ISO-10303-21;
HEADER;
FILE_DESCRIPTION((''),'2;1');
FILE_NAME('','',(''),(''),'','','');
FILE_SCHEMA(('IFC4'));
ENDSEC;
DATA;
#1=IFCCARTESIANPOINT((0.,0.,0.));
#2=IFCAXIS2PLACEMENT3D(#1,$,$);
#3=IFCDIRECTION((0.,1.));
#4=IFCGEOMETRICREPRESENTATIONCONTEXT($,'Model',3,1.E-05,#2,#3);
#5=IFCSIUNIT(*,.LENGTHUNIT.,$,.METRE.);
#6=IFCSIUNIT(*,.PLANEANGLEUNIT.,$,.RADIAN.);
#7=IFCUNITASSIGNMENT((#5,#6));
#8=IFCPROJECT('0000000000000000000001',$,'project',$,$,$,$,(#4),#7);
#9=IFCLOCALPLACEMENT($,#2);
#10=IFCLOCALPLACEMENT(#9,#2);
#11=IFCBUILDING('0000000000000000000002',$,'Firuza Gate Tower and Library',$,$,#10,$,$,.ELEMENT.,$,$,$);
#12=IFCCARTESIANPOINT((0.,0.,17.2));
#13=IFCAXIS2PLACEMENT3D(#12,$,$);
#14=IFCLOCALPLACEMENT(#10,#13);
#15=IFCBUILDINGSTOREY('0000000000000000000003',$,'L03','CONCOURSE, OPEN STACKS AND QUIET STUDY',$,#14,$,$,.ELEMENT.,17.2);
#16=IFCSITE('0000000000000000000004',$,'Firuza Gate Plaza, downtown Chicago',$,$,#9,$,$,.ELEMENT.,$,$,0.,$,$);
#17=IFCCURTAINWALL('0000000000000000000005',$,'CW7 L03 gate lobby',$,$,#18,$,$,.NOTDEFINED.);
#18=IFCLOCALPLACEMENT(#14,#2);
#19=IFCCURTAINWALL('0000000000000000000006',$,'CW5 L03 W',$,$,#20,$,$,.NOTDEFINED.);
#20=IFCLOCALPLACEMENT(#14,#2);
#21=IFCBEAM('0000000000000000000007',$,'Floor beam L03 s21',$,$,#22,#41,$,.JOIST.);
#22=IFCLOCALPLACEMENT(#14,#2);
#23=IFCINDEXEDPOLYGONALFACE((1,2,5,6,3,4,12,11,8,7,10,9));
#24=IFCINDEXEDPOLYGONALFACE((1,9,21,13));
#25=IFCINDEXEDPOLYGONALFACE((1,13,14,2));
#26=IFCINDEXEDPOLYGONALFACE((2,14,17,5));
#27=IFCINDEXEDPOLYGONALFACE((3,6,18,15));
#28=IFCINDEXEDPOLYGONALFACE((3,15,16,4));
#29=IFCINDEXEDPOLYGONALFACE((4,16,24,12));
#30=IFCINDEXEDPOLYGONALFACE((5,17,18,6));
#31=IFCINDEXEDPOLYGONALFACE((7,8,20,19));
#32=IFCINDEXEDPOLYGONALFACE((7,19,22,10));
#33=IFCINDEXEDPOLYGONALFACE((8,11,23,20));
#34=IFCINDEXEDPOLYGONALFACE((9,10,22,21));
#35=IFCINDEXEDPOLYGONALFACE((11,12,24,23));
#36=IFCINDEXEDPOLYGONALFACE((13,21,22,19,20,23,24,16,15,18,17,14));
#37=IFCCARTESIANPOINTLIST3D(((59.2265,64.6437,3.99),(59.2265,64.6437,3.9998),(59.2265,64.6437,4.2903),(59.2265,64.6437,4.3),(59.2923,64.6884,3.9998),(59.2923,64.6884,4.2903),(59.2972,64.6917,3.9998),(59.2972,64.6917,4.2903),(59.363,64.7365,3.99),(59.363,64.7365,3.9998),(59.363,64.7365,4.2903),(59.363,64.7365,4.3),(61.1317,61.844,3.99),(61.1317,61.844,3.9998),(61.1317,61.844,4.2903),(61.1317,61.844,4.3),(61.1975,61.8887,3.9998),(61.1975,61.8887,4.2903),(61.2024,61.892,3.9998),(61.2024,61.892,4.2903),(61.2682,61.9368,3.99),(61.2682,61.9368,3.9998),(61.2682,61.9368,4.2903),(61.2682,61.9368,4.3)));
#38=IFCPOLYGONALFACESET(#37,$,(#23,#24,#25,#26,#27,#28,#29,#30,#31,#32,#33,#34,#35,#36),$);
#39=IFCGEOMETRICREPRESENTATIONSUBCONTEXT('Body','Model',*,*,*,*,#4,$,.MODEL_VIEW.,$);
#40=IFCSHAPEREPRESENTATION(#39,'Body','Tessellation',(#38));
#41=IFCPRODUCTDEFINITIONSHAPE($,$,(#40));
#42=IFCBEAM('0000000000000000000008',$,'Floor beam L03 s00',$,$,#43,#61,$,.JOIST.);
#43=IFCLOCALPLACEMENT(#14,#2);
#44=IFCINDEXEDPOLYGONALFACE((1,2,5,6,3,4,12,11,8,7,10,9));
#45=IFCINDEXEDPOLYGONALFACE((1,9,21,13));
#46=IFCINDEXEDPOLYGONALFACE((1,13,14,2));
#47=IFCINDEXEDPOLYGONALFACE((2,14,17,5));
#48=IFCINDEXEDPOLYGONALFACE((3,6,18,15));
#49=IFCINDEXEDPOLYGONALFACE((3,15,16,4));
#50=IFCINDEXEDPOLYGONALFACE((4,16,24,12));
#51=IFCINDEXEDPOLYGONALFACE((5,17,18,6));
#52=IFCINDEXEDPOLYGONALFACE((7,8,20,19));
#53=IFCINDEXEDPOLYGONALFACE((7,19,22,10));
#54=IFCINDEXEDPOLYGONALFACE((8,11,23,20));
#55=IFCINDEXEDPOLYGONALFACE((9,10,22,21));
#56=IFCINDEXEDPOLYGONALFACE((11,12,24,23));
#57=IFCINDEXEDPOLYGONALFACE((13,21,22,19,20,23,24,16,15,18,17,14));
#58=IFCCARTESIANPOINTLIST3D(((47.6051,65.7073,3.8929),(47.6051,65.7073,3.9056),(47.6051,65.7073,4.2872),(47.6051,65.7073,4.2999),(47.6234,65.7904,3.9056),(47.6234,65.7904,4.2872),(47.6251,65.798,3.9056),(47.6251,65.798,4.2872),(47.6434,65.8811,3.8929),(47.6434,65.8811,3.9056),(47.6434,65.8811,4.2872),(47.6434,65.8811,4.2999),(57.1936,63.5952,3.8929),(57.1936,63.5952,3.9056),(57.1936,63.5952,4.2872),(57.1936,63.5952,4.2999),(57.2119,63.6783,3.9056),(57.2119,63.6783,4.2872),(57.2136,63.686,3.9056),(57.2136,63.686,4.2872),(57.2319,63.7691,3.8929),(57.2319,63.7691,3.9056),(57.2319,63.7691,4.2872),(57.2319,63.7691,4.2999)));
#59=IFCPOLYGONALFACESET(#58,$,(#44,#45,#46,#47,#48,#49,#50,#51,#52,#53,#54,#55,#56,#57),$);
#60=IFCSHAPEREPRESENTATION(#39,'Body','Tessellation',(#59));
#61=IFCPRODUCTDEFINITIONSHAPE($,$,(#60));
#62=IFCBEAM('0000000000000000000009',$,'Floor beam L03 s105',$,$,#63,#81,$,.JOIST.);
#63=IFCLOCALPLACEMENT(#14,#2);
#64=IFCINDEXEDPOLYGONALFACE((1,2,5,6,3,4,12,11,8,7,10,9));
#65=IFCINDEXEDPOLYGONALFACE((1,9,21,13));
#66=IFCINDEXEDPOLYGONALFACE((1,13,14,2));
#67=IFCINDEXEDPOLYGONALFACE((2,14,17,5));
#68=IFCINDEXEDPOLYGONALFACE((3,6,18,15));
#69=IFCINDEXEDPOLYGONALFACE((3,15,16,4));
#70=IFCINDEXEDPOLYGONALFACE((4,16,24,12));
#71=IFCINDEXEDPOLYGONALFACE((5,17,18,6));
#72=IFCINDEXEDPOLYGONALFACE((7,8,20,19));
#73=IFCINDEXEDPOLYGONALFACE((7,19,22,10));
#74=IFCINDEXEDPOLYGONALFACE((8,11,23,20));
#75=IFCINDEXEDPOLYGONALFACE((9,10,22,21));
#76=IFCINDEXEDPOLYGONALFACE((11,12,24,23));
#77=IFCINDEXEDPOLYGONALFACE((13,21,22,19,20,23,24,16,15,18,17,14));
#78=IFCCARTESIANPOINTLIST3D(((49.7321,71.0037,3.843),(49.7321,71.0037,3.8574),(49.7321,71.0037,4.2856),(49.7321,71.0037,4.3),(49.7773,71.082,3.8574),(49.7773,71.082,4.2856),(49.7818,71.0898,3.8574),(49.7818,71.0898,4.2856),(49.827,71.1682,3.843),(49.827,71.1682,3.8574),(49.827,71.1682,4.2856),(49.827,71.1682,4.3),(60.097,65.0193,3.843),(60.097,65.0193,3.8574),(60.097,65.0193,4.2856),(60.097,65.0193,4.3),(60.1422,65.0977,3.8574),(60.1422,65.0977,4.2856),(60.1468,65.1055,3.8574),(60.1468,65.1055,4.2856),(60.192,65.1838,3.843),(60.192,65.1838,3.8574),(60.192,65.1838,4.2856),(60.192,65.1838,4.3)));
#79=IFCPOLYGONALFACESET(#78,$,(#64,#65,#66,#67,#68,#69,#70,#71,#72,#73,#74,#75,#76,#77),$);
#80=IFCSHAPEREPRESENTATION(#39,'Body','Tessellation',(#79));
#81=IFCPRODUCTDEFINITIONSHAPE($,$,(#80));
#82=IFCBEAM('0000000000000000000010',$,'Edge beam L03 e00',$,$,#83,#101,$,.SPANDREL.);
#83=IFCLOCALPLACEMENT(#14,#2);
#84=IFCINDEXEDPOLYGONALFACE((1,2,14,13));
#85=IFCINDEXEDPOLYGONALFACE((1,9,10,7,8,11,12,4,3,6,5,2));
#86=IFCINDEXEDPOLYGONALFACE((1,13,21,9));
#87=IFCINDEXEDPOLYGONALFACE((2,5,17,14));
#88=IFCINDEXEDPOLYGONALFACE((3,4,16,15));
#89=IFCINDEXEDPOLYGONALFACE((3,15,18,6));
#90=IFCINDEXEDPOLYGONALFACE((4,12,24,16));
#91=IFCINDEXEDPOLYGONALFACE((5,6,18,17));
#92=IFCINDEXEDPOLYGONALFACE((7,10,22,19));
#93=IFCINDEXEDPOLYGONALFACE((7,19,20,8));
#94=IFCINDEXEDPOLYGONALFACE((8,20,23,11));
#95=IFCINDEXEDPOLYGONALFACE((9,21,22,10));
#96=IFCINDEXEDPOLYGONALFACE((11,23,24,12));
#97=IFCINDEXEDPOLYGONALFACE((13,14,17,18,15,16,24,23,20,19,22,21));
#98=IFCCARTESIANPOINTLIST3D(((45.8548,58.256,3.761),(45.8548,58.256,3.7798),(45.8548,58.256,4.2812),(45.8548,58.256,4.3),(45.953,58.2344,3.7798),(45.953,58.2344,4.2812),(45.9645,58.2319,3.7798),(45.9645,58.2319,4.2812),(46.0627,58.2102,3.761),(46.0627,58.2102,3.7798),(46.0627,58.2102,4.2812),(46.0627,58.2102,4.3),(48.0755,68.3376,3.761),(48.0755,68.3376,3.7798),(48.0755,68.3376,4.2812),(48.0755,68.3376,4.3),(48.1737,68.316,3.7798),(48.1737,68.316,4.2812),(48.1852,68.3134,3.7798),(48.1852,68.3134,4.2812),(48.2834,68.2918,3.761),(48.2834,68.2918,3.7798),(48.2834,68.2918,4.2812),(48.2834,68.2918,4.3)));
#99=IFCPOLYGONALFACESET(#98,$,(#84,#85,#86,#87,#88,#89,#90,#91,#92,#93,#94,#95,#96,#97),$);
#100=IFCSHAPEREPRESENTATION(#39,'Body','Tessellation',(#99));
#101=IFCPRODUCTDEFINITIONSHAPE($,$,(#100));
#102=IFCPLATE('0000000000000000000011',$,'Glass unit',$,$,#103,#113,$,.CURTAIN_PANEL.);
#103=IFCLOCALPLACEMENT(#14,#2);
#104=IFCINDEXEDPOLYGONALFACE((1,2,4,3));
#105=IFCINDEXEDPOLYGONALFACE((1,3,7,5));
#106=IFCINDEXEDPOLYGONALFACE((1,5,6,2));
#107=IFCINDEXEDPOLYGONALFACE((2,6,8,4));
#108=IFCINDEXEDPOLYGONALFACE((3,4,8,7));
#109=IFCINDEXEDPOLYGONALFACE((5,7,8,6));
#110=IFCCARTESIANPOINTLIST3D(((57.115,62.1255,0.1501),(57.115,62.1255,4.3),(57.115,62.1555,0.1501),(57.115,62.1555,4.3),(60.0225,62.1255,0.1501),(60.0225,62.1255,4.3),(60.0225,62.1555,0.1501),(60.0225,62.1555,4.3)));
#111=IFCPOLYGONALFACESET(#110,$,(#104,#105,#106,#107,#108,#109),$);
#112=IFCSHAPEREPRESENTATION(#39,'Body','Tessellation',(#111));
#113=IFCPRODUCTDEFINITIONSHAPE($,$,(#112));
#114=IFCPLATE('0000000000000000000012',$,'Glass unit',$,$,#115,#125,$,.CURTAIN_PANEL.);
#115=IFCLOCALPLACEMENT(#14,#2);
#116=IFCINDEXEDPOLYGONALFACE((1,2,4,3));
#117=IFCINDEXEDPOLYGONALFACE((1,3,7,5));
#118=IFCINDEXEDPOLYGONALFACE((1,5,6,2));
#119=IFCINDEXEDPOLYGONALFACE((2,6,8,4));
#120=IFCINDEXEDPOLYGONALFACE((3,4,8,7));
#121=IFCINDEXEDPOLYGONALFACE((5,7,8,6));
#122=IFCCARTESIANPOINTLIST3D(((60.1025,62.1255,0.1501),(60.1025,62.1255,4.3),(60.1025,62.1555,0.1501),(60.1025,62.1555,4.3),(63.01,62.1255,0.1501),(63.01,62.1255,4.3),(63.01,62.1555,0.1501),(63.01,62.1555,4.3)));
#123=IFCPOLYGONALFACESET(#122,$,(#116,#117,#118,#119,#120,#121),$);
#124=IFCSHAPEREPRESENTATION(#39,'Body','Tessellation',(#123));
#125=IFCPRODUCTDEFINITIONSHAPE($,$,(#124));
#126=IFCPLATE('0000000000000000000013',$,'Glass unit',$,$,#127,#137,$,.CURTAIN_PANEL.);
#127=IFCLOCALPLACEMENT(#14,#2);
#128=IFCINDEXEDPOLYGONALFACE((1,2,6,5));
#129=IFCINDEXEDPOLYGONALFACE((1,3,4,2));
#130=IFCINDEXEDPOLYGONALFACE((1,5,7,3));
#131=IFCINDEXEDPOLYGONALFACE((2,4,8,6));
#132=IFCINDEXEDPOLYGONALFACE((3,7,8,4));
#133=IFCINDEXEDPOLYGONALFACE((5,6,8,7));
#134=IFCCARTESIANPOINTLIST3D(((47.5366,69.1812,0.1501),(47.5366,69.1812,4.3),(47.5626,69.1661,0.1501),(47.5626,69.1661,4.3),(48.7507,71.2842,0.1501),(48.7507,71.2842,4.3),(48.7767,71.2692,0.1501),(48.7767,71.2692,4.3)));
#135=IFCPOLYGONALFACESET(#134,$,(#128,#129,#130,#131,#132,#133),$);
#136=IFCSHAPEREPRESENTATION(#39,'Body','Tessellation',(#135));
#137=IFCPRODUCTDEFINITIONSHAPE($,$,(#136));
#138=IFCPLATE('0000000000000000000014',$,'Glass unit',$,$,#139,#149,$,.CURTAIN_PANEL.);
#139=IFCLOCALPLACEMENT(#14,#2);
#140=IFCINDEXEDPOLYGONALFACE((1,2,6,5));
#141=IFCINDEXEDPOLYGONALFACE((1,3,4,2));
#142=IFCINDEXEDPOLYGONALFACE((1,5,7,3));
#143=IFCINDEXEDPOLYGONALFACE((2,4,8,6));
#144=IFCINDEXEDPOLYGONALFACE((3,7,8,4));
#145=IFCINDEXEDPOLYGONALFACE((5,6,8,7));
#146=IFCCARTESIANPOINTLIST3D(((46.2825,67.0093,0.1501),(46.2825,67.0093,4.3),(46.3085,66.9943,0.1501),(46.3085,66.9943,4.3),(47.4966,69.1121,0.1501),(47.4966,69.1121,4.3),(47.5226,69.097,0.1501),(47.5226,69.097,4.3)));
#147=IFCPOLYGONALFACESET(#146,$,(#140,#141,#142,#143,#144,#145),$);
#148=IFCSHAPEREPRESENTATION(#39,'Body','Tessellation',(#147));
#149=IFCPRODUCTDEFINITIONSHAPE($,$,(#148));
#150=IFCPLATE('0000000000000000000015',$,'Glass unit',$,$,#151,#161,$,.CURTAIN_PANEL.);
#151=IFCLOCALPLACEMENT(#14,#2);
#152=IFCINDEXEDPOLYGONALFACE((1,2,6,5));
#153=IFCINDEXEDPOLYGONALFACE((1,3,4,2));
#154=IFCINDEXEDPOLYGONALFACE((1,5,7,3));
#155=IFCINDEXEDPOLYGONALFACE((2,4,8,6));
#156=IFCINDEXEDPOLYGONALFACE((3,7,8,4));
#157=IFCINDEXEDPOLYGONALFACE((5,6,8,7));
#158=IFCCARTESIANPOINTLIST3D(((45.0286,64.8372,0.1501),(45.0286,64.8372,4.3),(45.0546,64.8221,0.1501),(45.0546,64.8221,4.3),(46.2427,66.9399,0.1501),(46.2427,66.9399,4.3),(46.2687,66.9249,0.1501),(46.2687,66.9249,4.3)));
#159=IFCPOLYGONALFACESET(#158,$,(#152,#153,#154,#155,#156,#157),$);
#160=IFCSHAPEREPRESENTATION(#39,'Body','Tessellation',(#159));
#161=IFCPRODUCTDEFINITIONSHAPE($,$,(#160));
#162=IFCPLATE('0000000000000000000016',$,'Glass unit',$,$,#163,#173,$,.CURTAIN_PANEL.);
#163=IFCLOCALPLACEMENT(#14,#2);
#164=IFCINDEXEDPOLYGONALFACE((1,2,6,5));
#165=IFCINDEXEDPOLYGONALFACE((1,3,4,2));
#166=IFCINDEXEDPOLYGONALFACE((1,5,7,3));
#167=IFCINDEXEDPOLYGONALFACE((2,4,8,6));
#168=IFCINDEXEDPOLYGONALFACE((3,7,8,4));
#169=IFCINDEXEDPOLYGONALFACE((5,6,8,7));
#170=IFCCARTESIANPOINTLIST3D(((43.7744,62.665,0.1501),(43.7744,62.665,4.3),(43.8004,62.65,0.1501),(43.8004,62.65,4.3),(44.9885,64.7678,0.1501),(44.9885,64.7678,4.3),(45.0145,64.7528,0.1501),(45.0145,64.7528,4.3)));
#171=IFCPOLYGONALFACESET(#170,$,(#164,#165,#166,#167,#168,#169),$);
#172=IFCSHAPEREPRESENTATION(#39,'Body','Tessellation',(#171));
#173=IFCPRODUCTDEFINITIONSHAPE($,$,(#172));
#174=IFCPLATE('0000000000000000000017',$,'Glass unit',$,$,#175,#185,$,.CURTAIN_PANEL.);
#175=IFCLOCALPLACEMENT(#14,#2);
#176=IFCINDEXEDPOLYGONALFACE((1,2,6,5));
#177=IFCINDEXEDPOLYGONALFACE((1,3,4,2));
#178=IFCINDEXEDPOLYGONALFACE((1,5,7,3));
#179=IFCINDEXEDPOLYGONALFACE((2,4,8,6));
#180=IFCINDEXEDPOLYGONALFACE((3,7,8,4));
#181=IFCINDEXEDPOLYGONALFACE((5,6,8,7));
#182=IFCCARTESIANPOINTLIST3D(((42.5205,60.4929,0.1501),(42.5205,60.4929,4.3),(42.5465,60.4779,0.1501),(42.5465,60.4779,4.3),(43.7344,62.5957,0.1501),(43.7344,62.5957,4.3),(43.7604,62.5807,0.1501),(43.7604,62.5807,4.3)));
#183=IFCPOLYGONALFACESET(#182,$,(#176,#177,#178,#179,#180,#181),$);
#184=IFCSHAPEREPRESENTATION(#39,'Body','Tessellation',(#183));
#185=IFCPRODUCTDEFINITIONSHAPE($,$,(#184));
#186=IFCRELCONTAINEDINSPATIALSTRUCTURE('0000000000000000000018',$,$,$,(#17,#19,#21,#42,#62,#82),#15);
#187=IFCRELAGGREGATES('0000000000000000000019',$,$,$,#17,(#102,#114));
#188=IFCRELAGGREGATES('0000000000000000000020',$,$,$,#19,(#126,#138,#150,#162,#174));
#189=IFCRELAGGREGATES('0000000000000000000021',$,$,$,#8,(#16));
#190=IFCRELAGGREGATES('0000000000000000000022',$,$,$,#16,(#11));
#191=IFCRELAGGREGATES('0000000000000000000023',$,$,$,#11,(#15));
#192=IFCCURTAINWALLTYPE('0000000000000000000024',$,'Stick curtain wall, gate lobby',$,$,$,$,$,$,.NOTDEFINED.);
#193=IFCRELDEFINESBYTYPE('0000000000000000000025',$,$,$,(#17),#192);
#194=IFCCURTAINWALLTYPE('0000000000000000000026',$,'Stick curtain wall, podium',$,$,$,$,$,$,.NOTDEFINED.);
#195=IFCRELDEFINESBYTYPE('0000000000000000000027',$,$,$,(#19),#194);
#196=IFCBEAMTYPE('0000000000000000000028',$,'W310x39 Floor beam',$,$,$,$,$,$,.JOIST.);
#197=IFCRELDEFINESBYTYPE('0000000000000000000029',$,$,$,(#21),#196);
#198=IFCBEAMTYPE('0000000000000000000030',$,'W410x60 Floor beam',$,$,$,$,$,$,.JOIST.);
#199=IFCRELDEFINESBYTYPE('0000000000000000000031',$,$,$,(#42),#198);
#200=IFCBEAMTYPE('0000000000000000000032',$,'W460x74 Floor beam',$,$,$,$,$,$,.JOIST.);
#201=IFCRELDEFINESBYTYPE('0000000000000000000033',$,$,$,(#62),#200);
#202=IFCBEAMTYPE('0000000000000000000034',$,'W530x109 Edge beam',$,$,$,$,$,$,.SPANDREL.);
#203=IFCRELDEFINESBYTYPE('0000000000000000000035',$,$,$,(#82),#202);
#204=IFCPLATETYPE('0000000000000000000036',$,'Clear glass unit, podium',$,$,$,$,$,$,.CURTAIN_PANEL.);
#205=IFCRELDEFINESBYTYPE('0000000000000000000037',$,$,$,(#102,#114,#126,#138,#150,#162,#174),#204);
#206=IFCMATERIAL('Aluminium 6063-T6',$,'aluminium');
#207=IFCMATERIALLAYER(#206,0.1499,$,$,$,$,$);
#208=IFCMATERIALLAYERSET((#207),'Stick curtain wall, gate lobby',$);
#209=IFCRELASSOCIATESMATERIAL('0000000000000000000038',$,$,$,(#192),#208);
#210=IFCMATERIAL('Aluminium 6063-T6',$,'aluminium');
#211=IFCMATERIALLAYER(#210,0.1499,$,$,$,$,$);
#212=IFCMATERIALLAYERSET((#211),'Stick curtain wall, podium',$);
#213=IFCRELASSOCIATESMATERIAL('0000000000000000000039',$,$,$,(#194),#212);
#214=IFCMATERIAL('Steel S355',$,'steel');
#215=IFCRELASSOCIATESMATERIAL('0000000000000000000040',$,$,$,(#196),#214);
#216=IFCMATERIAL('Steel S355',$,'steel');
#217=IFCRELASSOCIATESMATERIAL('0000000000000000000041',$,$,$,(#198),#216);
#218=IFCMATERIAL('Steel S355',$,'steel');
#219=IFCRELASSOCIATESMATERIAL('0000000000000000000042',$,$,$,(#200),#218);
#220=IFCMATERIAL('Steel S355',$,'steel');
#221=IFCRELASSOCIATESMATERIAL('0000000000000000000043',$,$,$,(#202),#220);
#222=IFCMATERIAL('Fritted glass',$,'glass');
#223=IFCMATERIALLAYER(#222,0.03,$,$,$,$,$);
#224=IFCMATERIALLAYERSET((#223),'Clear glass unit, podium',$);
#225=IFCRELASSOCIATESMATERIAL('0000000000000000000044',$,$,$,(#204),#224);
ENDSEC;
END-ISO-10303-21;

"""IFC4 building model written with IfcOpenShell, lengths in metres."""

from ifc_helpers import new_model, si_unit, direction, frame, origin, origin_2d, place, context, subcontext, project, spatial, polyline, i_section, outline, extrude, material, layer, layer_set, material_profile, profile_set, type_object, element, aggregate, save


model = new_model("IFC4")

# Units and contexts
model_context = context("Model", 3, precision=1e-05, world=origin(), true_north=direction((0.0, 1.0)))
body_context = subcontext(model_context, "Body", "Model", "MODEL_VIEW")
ifc_project = project(units=[si_unit("LENGTHUNIT", "METRE"), si_unit("PLANEANGLEUNIT", "RADIAN")], contexts=[model_context])

# Site, building, storey
site_placement = place(None, origin())
site = spatial("IfcSite", under=ifc_project, at=site_placement, Name="Firuza Gate Plaza, downtown Chicago", CompositionType="ELEMENT", RefElevation=0.0)
building_placement = place(site_placement, origin())
building = spatial("IfcBuilding", under=site, at=building_placement, Name="Firuza Gate Tower and Library", CompositionType="ELEMENT")
storey_placement = place(building_placement, frame((0.0, 0.0, 17.2)))
storey = spatial("IfcBuildingStorey", under=building, at=storey_placement, Name="L03", Description="CONCOURSE, OPEN STACKS AND QUIET STUDY", CompositionType="ELEMENT", Elevation=17.2)

# Curtain walls
ifc_material_1 = material(Name="Aluminium 6063-T6", Category="aluminium")
ifc_layer_1 = layer(ifc_material_1, 0.1499)
ifc_layer_set_1 = layer_set([ifc_layer_1], Name="Stick curtain wall, gate lobby")
curtain_wall_type_1 = type_object("IfcCurtainWallType", Name="Stick curtain wall, gate lobby", PredefinedType="NOTDEFINED", material=ifc_layer_set_1)
placement = place(storey_placement, origin())
curtain_wall_1 = element("IfcCurtainWall", 1, at=placement, inside=storey, type_object=curtain_wall_type_1, Name="CW7 L03 gate lobby", PredefinedType="NOTDEFINED")
ifc_material_2 = material(Name="Aluminium 6063-T6", Category="aluminium")
ifc_layer_2 = layer(ifc_material_2, 0.1499)
ifc_layer_set_2 = layer_set([ifc_layer_2], Name="Stick curtain wall, podium")
curtain_wall_type_2 = type_object("IfcCurtainWallType", Name="Stick curtain wall, podium", PredefinedType="NOTDEFINED", material=ifc_layer_set_2)
curtain_wall_2 = element("IfcCurtainWall", 2, at=placement, inside=storey, type_object=curtain_wall_type_2, Name="CW5 L03 W", PredefinedType="NOTDEFINED")

# Beams
ifc_material_3 = material(Name="Steel S355", Category="steel")
ifc_material_profile_1 = material_profile(ifc_material_3, i_section(OverallWidth=0.165, OverallDepth=0.3101, WebThickness=0.0059, FlangeThickness=0.0098, at=origin_2d()))
ifc_profile_set_1 = profile_set([ifc_material_profile_1], Name="Steel S355")
beam_type_1 = type_object("IfcBeamType", Name="W310x39 Floor beam", PredefinedType="JOIST", material=ifc_profile_set_1)
beam_1_placement = place(storey_placement, frame((61.2, 61.8904, 4.145), z_axis=(-0.562594, 0.826733, 0.0), x_axis=(-0.826733, -0.562594, 0.0)))
element("IfcBeam", 3, at=beam_1_placement, inside=storey, type_object=beam_type_1, Name="Floor beam L03 s21", PredefinedType="JOIST", context=body_context, shape_type="SweptSolid", body=[
    extrude(i_section(OverallWidth=0.165, OverallDepth=0.3101, WebThickness=0.0059, FlangeThickness=0.0098, at=origin_2d()), origin(), (0.0, 0.0, 1.0), 3.3865),
])
ifc_material_4 = material(Name="Steel S355", Category="steel")
ifc_material_profile_2 = material_profile(ifc_material_4, i_section(OverallWidth=0.178, OverallDepth=0.407, WebThickness=0.0078, FlangeThickness=0.0127, at=origin_2d()))
ifc_profile_set_2 = profile_set([ifc_material_profile_2], Name="Steel S355")
beam_type_2 = type_object("IfcBeamType", Name="W410x60 Floor beam", PredefinedType="JOIST", material=ifc_profile_set_2)
beam_2_placement = place(storey_placement, frame((47.6243, 65.7942, 4.0964), z_axis=(0.97659, -0.215111, 0.0), x_axis=(0.215111, 0.97659, 0.0)))
element("IfcBeam", 4, at=beam_2_placement, inside=storey, type_object=beam_type_2, Name="Floor beam L03 s00", PredefinedType="JOIST", context=body_context, shape_type="SweptSolid", body=[
    extrude(i_section(OverallWidth=0.178, OverallDepth=0.407, WebThickness=0.0078, FlangeThickness=0.0127, at=origin_2d()), origin(), (0.0, 0.0, 1.0), 9.8184),
])
ifc_material_5 = material(Name="Steel S355", Category="steel")
ifc_material_profile_3 = material_profile(ifc_material_5, i_section(OverallWidth=0.1899, OverallDepth=0.457, WebThickness=0.009, FlangeThickness=0.0144, at=origin_2d()))
ifc_profile_set_3 = profile_set([ifc_material_profile_3], Name="Steel S355")
beam_type_3 = type_object("IfcBeamType", Name="W460x74 Floor beam", PredefinedType="JOIST", material=ifc_profile_set_3)
beam_3_placement = place(storey_placement, frame((49.7795, 71.0859, 4.0715), z_axis=(0.86602, -0.500009, 0.0), x_axis=(0.500009, 0.86602, 0.0)))
element("IfcBeam", 5, at=beam_3_placement, inside=storey, type_object=beam_type_3, Name="Floor beam L03 s105", PredefinedType="JOIST", context=body_context, shape_type="SweptSolid", body=[
    extrude(i_section(OverallWidth=0.1899, OverallDepth=0.457, WebThickness=0.009, FlangeThickness=0.0144, at=origin_2d()), origin(), (0.0, 0.0, 1.0), 11.9685),
])
ifc_material_6 = material(Name="Steel S355", Category="steel")
ifc_material_profile_4 = material_profile(ifc_material_6, i_section(OverallWidth=0.2129, OverallDepth=0.5391, WebThickness=0.0117, FlangeThickness=0.0188, at=origin_2d()))
ifc_profile_set_4 = profile_set([ifc_material_profile_4], Name="Steel S355")
beam_type_4 = type_object("IfcBeamType", Name="W530x109 Edge beam", PredefinedType="SPANDREL", material=ifc_profile_set_4)
beam_4_placement = place(storey_placement, frame((48.1794, 68.3147, 4.0305), z_axis=(-0.215117, -0.976588, 0.0), x_axis=(0.976588, -0.215117, 0.0)))
element("IfcBeam", 6, at=beam_4_placement, inside=storey, type_object=beam_type_4, Name="Edge beam L03 e00", PredefinedType="SPANDREL", context=body_context, shape_type="SweptSolid", body=[
    extrude(i_section(OverallWidth=0.2129, OverallDepth=0.5391, WebThickness=0.0117, FlangeThickness=0.0188, at=origin_2d()), origin(), (0.0, 0.0, 1.0), 10.3232),
])

# Plates
ifc_material_7 = material(Name="Fritted glass", Category="glass")
ifc_layer_3 = layer(ifc_material_7, 0.03)
ifc_layer_set_3 = layer_set([ifc_layer_3], Name="Clear glass unit, podium")
plate_type = type_object("IfcPlateType", Name="Clear glass unit, podium", PredefinedType="CURTAIN_PANEL", material=ifc_layer_set_3)
plate_1_placement = place(storey_placement, frame((57.115, 62.1255, 0.1501), z_axis=(0.0, -1.0, 0.0), x_axis=(1.0, 0.0, 0.0)))
plate_1 = element("IfcPlate", 7, at=plate_1_placement, type_object=plate_type, Name="Glass unit", PredefinedType="CURTAIN_PANEL", context=body_context, shape_type="SweptSolid", body=[
    extrude(outline(polyline([(0.0, 0.0), (2.9075, 0.0), (2.9075, 4.1499), (0.0, 4.1499), (0.0, 0.0)])), origin(), (0.0, 0.0, -1.0), 0.03),
])
plate_2_placement = place(storey_placement, frame((60.1025, 62.1255, 0.1501), z_axis=(0.0, -1.0, 0.0), x_axis=(1.0, 0.0, 0.0)))
plate_2 = element("IfcPlate", 8, at=plate_2_placement, type_object=plate_type, Name="Glass unit", PredefinedType="CURTAIN_PANEL", context=body_context, shape_type="SweptSolid", body=[
    extrude(outline(polyline([(0.0, 0.0), (2.9075, 0.0), (2.9075, 4.1499), (0.0, 4.1499), (0.0, 0.0)])), origin(), (0.0, 0.0, -1.0), 0.03),
])
aggregate(curtain_wall_1, [plate_1, plate_2])
plate_3_placement = place(storey_placement, frame((48.7507, 71.2842, 0.1501), z_axis=(-0.866038, 0.499978, 0.0), x_axis=(-0.499978, -0.866038, 0.0)))
plate_3 = element("IfcPlate", 9, at=plate_3_placement, type_object=plate_type, Name="Glass unit", PredefinedType="CURTAIN_PANEL", context=body_context, shape_type="SweptSolid", body=[
    extrude(outline(polyline([(0.0, 0.0), (2.4283, 0.0), (2.4283, 4.1499), (0.0, 4.1499), (0.0, 0.0)])), origin(), (0.0, 0.0, -1.0), 0.03),
])
plate_4_placement = place(storey_placement, frame((47.4966, 69.1121, 0.1501), z_axis=(-0.866013, 0.500021, 0.0), x_axis=(-0.500021, -0.866013, 0.0)))
plate_4 = element("IfcPlate", 10, at=plate_4_placement, type_object=plate_type, Name="Glass unit", PredefinedType="CURTAIN_PANEL", context=body_context, shape_type="SweptSolid", body=[
    extrude(outline(polyline([(0.0, 0.0), (2.4281, 0.0), (2.4281, 4.1499), (0.0, 4.1499), (0.0, 0.0)])), origin(), (0.0, 0.0, -1.0), 0.03),
])
plate_5_placement = place(storey_placement, frame((46.2427, 66.9399, 0.1501), z_axis=(-0.866013, 0.500021, 0.0), x_axis=(-0.500021, -0.866013, 0.0)))
plate_5 = element("IfcPlate", 11, at=plate_5_placement, type_object=plate_type, Name="Glass unit", PredefinedType="CURTAIN_PANEL", context=body_context, shape_type="SweptSolid", body=[
    extrude(outline(polyline([(0.0, 0.0), (2.4281, 0.0), (2.4281, 4.1499), (0.0, 4.1499), (0.0, 0.0)])), origin(), (0.0, 0.0, -1.0), 0.03),
])
plate_6_placement = place(storey_placement, frame((44.9885, 64.7678, 0.1501), z_axis=(-0.866013, 0.500021, 0.0), x_axis=(-0.500021, -0.866013, 0.0)))
plate_6 = element("IfcPlate", 12, at=plate_6_placement, type_object=plate_type, Name="Glass unit", PredefinedType="CURTAIN_PANEL", context=body_context, shape_type="SweptSolid", body=[
    extrude(outline(polyline([(0.0, 0.0), (2.4281, 0.0), (2.4281, 4.1499), (0.0, 4.1499), (0.0, 0.0)])), origin(), (0.0, 0.0, -1.0), 0.03),
])
plate_7_placement = place(storey_placement, frame((43.7344, 62.5957, 0.1501), z_axis=(-0.866057, 0.499946, 0.0), x_axis=(-0.499946, -0.866057, 0.0)))
plate_7 = element("IfcPlate", 13, at=plate_7_placement, type_object=plate_type, Name="Glass unit", PredefinedType="CURTAIN_PANEL", context=body_context, shape_type="SweptSolid", body=[
    extrude(outline(polyline([(0.0, 0.0), (2.428, 0.0), (2.428, 4.1499), (0.0, 4.1499), (0.0, 0.0)])), origin(), (0.0, 0.0, -1.0), 0.03),
])
aggregate(curtain_wall_2, [plate_3, plate_4, plate_5, plate_6, plate_7])

save(model, "model.ifc")
